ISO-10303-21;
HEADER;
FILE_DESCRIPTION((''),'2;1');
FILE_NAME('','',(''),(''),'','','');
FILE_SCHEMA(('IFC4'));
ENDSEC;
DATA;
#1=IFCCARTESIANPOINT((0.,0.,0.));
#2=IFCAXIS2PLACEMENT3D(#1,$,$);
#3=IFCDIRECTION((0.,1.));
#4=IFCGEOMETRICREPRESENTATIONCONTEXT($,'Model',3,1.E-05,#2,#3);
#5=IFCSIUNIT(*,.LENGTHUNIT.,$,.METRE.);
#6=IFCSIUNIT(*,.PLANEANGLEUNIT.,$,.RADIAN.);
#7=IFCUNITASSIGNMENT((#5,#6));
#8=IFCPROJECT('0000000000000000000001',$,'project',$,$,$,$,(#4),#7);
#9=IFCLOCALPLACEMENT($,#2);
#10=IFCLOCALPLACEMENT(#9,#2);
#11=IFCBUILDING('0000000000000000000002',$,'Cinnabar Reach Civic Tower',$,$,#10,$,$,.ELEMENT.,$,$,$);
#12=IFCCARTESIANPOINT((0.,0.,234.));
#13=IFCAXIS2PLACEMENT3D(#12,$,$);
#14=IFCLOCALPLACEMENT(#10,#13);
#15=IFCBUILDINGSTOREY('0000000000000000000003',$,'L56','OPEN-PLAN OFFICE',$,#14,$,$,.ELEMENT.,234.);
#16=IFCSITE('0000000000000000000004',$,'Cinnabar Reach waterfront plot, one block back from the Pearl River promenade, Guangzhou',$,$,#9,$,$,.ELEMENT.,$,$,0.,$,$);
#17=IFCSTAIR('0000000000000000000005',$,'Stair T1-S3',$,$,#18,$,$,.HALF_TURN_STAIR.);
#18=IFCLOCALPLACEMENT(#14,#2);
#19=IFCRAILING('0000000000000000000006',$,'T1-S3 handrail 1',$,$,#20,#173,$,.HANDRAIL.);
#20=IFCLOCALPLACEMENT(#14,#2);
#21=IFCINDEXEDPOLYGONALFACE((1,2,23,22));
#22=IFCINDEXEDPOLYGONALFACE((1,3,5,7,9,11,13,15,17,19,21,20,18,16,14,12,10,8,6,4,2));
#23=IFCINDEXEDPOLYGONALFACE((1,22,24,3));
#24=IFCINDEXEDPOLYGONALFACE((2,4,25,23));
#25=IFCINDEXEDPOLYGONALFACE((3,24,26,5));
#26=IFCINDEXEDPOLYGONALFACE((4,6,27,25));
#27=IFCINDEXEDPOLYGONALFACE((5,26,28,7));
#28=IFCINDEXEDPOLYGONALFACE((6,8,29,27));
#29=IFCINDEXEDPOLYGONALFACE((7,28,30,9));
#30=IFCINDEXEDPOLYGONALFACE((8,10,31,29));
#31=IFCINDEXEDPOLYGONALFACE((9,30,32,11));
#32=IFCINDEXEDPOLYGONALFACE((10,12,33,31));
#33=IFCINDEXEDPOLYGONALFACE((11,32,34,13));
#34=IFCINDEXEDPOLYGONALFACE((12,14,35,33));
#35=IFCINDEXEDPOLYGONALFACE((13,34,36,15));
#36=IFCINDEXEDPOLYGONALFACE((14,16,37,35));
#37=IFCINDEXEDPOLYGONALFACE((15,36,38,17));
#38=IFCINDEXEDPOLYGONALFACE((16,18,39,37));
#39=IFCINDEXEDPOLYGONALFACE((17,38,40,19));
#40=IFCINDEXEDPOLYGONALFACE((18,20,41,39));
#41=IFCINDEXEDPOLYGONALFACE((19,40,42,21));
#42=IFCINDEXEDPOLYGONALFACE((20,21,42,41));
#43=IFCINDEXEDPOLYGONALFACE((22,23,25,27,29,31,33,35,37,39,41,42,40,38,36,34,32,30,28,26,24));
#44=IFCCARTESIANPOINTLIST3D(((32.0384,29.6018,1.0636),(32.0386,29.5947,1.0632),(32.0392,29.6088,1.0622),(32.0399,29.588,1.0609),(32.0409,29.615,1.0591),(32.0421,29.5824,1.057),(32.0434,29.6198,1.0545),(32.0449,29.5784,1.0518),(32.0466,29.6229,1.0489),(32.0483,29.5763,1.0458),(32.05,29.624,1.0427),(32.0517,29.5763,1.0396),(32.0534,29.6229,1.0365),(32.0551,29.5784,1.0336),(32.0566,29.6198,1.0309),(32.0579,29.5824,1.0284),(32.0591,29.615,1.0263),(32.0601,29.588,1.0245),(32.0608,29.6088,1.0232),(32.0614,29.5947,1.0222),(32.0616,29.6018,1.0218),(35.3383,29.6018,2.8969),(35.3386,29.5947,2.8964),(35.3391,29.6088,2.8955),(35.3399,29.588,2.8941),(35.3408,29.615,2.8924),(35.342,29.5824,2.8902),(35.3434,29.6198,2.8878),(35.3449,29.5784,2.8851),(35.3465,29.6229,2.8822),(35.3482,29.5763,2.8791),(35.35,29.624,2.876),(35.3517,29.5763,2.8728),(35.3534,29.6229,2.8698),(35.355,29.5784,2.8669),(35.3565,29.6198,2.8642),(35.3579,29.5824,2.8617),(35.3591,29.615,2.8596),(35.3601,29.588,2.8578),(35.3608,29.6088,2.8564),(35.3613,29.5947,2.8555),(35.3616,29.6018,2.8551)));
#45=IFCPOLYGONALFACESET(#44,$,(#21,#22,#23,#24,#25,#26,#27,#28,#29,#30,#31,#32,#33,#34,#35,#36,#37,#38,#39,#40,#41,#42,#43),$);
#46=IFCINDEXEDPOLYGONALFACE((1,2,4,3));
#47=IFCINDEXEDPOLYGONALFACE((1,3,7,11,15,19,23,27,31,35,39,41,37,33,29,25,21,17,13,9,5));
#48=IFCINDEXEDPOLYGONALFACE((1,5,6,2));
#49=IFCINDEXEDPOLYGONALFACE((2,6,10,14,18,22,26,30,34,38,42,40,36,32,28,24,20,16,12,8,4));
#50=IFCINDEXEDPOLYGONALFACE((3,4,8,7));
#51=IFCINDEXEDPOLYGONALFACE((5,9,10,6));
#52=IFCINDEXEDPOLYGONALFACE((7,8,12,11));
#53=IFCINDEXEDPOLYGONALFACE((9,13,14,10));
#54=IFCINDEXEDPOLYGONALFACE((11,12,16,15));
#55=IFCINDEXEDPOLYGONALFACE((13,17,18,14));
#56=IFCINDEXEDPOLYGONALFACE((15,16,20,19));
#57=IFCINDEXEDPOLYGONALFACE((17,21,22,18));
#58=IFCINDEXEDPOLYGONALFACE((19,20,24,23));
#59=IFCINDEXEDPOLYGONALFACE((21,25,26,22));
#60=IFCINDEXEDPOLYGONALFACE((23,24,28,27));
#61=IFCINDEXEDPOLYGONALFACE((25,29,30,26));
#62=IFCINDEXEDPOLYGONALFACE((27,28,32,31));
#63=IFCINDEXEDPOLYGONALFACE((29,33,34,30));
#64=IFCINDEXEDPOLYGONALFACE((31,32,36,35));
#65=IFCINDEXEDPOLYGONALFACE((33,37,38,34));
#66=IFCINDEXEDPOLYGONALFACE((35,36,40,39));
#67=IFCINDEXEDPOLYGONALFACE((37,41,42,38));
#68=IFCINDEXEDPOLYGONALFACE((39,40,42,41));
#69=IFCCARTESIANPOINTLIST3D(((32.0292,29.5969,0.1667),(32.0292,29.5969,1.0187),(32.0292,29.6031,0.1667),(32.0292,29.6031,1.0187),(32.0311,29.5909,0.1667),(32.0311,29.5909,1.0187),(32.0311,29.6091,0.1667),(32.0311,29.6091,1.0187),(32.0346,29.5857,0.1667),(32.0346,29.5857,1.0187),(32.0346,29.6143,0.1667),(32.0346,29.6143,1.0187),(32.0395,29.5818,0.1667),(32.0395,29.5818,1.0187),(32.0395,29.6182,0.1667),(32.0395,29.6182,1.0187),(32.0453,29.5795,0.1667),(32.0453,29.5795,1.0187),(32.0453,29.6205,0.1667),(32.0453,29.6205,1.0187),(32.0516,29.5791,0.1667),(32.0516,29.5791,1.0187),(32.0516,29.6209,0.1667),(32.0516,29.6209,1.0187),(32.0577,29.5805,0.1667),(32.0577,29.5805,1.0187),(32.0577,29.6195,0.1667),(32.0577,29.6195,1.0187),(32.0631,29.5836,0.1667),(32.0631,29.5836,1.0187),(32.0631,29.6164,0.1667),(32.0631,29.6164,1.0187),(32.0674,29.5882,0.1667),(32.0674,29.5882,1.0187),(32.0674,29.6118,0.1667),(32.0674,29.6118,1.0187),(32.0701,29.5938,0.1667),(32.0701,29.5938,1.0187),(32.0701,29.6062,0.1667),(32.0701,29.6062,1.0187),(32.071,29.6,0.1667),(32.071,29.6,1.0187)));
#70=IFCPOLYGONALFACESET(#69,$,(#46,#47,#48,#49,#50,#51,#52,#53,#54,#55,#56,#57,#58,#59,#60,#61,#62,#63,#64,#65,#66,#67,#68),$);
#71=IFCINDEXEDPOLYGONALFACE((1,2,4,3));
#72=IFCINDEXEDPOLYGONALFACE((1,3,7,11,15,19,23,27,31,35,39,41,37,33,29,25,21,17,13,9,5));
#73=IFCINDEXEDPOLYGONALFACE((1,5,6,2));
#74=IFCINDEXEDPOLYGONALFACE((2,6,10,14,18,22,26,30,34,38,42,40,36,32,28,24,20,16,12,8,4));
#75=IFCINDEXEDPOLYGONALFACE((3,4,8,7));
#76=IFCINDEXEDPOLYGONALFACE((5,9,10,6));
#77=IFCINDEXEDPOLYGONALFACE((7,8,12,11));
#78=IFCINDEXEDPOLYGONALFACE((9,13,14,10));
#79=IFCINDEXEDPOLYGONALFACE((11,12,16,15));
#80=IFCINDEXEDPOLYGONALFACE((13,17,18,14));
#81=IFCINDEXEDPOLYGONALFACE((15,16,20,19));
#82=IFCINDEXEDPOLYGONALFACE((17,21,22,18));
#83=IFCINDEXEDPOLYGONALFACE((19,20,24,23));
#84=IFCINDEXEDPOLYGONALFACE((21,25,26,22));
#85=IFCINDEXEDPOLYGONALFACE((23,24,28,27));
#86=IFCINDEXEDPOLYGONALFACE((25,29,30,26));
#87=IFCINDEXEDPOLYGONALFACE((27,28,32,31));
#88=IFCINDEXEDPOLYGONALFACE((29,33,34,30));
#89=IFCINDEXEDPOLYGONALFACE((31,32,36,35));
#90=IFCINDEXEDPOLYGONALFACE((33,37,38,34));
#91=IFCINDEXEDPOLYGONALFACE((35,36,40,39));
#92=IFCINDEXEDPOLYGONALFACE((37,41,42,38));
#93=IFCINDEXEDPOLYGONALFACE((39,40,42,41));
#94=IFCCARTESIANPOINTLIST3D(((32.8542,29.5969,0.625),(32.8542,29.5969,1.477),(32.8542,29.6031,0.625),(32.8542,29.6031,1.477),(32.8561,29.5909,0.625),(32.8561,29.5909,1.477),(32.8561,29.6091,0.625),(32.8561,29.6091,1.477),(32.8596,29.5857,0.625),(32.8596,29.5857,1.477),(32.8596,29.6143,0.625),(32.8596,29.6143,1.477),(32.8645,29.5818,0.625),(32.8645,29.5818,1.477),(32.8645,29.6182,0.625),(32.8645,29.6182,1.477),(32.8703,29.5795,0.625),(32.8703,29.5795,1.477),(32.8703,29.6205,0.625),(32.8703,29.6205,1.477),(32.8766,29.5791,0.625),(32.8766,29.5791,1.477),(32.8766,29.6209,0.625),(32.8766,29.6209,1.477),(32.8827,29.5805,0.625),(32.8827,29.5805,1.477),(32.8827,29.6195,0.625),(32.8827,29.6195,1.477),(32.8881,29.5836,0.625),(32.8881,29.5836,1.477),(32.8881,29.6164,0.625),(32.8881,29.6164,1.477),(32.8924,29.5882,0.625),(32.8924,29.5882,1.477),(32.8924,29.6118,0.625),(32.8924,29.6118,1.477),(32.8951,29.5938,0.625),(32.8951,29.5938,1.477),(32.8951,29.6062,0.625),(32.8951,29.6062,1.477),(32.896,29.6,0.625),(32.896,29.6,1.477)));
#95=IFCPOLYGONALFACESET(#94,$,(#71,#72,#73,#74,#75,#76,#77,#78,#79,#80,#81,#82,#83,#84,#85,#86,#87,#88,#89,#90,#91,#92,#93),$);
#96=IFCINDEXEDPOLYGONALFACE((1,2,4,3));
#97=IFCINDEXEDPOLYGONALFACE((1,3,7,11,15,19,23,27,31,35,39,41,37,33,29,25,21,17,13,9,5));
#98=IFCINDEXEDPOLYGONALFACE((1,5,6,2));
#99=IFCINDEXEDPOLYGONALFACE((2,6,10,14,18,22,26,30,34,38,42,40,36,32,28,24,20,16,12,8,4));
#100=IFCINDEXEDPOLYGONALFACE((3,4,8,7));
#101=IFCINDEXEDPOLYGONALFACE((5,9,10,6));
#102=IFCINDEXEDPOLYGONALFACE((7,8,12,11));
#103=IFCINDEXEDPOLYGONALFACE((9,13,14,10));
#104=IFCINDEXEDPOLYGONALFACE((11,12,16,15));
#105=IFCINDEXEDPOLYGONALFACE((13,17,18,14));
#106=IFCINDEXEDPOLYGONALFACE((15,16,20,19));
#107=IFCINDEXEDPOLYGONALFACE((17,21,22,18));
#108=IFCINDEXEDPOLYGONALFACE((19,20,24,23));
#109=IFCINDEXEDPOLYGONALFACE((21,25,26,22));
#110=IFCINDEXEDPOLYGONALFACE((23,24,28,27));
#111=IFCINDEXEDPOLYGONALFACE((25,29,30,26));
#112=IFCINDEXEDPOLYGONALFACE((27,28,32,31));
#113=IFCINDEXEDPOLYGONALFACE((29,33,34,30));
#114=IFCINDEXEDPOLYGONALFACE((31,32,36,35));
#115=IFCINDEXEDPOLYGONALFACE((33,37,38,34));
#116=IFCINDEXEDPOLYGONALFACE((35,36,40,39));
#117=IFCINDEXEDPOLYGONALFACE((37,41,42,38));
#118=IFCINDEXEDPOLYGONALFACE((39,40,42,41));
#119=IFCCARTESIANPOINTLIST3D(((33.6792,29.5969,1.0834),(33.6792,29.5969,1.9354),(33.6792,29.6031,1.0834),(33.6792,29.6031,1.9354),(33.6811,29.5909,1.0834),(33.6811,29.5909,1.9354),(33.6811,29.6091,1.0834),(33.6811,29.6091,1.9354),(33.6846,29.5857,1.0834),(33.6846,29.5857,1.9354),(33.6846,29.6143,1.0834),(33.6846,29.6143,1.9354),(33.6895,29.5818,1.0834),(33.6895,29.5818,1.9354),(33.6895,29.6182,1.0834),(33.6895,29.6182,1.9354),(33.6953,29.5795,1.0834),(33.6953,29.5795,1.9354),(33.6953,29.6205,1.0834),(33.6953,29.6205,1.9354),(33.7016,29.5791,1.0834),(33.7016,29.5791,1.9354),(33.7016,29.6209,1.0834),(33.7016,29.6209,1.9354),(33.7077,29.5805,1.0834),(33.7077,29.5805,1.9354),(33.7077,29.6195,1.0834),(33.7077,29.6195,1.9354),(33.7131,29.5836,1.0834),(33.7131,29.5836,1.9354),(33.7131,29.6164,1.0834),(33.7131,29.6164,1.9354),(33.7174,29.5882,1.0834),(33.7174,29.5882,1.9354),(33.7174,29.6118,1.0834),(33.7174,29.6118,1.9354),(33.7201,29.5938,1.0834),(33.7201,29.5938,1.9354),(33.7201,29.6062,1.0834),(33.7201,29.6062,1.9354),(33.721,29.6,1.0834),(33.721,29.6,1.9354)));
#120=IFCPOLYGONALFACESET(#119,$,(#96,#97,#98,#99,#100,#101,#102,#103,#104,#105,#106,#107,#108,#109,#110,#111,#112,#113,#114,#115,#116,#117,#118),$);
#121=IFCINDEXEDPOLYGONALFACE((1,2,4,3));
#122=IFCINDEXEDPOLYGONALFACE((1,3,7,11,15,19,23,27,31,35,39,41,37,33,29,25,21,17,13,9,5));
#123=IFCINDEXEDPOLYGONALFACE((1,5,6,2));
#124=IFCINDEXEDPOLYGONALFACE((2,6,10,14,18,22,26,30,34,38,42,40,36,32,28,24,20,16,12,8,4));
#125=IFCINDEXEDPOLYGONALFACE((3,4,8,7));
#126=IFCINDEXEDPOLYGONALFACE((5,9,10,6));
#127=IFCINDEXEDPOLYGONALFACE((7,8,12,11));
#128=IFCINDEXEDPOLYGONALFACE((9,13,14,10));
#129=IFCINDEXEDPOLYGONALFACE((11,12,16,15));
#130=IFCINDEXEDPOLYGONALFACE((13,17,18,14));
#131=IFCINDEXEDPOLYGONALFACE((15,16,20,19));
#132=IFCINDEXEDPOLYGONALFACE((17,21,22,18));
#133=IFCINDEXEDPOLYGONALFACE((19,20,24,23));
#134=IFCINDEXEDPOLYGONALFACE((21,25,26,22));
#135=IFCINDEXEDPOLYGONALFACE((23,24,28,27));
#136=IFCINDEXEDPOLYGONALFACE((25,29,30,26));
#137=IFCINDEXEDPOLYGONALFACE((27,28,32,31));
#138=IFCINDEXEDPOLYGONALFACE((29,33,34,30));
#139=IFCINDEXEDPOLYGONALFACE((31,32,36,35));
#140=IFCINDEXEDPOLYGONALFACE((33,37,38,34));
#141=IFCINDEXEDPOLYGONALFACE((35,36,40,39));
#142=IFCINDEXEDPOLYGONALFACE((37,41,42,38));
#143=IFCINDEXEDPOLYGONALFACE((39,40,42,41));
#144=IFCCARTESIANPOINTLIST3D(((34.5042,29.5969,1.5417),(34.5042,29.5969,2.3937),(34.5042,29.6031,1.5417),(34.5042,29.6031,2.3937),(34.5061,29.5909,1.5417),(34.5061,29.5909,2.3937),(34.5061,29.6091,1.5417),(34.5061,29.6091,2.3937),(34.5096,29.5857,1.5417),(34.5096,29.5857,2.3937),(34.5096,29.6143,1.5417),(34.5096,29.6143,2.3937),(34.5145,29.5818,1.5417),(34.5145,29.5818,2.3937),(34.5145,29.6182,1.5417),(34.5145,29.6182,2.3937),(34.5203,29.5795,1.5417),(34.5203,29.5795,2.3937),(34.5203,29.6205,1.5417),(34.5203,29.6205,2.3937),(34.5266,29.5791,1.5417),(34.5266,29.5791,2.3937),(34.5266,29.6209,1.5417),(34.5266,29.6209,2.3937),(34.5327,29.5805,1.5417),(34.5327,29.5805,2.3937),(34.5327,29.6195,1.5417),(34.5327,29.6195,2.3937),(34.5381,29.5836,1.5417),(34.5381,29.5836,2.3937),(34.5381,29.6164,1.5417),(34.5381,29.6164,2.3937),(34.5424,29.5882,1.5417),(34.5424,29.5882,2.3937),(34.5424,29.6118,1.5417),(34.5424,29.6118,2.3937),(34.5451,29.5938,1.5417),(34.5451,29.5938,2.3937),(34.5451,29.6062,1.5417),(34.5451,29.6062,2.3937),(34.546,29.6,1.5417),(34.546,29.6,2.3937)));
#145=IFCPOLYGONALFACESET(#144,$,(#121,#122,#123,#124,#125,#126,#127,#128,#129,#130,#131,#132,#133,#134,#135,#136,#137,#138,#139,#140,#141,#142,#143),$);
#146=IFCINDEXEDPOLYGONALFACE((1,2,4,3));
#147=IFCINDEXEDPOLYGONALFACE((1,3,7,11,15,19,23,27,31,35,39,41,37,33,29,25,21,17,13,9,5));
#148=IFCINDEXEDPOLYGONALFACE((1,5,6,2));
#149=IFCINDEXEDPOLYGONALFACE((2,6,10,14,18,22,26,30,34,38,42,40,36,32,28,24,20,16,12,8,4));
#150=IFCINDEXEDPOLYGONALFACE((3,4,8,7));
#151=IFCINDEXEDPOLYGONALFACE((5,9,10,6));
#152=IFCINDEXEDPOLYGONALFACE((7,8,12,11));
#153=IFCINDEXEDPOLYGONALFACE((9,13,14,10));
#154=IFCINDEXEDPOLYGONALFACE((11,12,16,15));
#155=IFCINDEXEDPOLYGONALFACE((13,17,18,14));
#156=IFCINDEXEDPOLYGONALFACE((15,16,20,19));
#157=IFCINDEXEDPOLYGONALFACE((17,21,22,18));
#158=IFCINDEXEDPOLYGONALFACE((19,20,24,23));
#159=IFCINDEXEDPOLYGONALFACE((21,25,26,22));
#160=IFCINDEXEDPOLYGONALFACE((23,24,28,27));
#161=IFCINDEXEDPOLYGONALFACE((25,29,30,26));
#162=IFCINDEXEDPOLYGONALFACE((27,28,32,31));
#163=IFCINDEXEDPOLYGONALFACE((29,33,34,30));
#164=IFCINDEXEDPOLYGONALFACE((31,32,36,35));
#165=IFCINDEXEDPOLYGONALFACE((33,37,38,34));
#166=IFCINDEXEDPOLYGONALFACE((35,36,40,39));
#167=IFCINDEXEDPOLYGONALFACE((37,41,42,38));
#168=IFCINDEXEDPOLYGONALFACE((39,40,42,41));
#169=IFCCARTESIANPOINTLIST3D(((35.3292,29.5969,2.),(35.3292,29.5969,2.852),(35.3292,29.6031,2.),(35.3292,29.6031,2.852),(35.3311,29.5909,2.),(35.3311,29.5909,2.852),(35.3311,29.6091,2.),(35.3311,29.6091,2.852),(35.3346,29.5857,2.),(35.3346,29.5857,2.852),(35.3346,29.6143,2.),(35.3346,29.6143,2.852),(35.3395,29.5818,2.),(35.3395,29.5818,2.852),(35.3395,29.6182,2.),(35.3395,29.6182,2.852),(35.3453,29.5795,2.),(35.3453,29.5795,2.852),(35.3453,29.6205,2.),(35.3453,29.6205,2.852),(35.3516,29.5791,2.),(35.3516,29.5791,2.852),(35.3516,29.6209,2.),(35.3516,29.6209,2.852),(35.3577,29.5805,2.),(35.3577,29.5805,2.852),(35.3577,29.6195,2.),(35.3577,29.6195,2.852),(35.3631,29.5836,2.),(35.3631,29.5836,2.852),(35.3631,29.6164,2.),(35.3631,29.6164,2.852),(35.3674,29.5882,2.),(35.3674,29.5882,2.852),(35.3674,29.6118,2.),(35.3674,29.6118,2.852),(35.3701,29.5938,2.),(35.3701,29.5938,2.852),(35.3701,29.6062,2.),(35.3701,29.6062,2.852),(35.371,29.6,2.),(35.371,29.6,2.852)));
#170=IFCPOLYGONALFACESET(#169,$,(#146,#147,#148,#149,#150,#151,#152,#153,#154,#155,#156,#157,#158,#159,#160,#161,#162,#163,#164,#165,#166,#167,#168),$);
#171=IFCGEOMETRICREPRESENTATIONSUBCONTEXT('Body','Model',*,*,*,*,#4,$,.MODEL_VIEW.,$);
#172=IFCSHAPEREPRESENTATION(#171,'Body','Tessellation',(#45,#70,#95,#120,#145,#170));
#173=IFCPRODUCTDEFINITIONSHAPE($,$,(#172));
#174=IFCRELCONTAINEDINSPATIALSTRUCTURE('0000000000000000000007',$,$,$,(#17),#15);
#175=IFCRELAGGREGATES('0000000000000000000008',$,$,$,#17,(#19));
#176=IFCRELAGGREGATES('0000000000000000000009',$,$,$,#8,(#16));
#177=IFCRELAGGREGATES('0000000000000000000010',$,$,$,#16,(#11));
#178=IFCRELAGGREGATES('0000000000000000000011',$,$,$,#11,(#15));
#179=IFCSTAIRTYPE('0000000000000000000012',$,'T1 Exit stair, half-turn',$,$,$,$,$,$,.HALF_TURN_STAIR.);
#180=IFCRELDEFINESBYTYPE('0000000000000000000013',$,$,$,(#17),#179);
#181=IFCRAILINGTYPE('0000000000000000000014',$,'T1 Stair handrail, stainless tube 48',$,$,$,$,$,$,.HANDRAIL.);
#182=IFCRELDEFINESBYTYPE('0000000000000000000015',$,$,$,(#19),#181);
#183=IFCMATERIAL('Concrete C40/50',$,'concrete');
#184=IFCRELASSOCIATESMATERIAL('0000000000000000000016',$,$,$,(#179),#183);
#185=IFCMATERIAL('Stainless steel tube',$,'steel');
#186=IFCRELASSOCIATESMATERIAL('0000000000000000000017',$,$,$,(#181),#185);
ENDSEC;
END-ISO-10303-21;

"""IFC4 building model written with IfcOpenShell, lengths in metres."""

from ifc_helpers import new_model, si_unit, direction, frame, origin, origin_2d, place, context, subcontext, project, spatial, circle, extrude, material, type_object, element, aggregate, save


model = new_model("IFC4")

# Units and contexts
model_context = context("Model", 3, precision=1e-05, world=origin(), true_north=direction((0.0, 1.0)))
body_context = subcontext(model_context, "Body", "Model", "MODEL_VIEW")
ifc_project = project(units=[si_unit("LENGTHUNIT", "METRE"), si_unit("PLANEANGLEUNIT", "RADIAN")], contexts=[model_context])

# Site, building, storey
site_placement = place(None, origin())
site = spatial("IfcSite", under=ifc_project, at=site_placement, Name="Cinnabar Reach waterfront plot, one block back from the Pearl River promenade, Guangzhou", CompositionType="ELEMENT", RefElevation=0.0)
building_placement = place(site_placement, origin())
building = spatial("IfcBuilding", under=site, at=building_placement, Name="Cinnabar Reach Civic Tower", CompositionType="ELEMENT")
storey_placement = place(building_placement, frame((0.0, 0.0, 234.0)))
storey = spatial("IfcBuildingStorey", under=building, at=storey_placement, Name="L56", Description="OPEN-PLAN OFFICE", CompositionType="ELEMENT", Elevation=234.0)

# Stair, railing
ifc_material_1 = material(Name="Concrete C40/50", Category="concrete")
stair_type = type_object("IfcStairType", Name="T1 Exit stair, half-turn", PredefinedType="HALF_TURN_STAIR", material=ifc_material_1)
stair_placement = place(storey_placement, origin())
stair = element("IfcStair", 1, at=stair_placement, inside=storey, type_object=stair_type, Name="Stair T1-S3", PredefinedType="HALF_TURN_STAIR")
ifc_material_2 = material(Name="Stainless steel tube", Category="steel")
railing_type = type_object("IfcRailingType", Name="T1 Stair handrail, stainless tube 48", PredefinedType="HANDRAIL", material=ifc_material_2)
railing_1_placement = place(storey_placement, frame((32.05, 29.6, 0.1667)))
railing_1 = element("IfcRailing", 2, at=railing_1_placement, type_object=railing_type, Name="T1-S3 handrail 1", PredefinedType="HANDRAIL", context=body_context, shape_type="SweptSolid", body=[
    extrude(circle(Radius=0.024, at=origin_2d()), frame((0.0, 0.0, 0.876), z_axis=(0.874161, 0.0, 0.485636), x_axis=(0.0, 1.0, 0.0)), (0.0, 0.0, 1.0), 3.775),
    extrude(circle(Radius=0.021, at=origin_2d()), origin(), (0.0, 0.0, 1.0), 0.852),
    extrude(circle(Radius=0.021, at=origin_2d()), frame((0.825, 0.0, 0.4583)), (0.0, 0.0, 1.0), 0.852),
    extrude(circle(Radius=0.021, at=origin_2d()), frame((1.65, 0.0, 0.9167)), (0.0, 0.0, 1.0), 0.852),
    extrude(circle(Radius=0.021, at=origin_2d()), frame((2.475, 0.0, 1.375)), (0.0, 0.0, 1.0), 0.852),
    extrude(circle(Radius=0.021, at=origin_2d()), frame((3.3, 0.0, 1.8333)), (0.0, 0.0, 1.0), 0.852),
])
aggregate(stair, [railing_1])

save(model, "model.ifc")
